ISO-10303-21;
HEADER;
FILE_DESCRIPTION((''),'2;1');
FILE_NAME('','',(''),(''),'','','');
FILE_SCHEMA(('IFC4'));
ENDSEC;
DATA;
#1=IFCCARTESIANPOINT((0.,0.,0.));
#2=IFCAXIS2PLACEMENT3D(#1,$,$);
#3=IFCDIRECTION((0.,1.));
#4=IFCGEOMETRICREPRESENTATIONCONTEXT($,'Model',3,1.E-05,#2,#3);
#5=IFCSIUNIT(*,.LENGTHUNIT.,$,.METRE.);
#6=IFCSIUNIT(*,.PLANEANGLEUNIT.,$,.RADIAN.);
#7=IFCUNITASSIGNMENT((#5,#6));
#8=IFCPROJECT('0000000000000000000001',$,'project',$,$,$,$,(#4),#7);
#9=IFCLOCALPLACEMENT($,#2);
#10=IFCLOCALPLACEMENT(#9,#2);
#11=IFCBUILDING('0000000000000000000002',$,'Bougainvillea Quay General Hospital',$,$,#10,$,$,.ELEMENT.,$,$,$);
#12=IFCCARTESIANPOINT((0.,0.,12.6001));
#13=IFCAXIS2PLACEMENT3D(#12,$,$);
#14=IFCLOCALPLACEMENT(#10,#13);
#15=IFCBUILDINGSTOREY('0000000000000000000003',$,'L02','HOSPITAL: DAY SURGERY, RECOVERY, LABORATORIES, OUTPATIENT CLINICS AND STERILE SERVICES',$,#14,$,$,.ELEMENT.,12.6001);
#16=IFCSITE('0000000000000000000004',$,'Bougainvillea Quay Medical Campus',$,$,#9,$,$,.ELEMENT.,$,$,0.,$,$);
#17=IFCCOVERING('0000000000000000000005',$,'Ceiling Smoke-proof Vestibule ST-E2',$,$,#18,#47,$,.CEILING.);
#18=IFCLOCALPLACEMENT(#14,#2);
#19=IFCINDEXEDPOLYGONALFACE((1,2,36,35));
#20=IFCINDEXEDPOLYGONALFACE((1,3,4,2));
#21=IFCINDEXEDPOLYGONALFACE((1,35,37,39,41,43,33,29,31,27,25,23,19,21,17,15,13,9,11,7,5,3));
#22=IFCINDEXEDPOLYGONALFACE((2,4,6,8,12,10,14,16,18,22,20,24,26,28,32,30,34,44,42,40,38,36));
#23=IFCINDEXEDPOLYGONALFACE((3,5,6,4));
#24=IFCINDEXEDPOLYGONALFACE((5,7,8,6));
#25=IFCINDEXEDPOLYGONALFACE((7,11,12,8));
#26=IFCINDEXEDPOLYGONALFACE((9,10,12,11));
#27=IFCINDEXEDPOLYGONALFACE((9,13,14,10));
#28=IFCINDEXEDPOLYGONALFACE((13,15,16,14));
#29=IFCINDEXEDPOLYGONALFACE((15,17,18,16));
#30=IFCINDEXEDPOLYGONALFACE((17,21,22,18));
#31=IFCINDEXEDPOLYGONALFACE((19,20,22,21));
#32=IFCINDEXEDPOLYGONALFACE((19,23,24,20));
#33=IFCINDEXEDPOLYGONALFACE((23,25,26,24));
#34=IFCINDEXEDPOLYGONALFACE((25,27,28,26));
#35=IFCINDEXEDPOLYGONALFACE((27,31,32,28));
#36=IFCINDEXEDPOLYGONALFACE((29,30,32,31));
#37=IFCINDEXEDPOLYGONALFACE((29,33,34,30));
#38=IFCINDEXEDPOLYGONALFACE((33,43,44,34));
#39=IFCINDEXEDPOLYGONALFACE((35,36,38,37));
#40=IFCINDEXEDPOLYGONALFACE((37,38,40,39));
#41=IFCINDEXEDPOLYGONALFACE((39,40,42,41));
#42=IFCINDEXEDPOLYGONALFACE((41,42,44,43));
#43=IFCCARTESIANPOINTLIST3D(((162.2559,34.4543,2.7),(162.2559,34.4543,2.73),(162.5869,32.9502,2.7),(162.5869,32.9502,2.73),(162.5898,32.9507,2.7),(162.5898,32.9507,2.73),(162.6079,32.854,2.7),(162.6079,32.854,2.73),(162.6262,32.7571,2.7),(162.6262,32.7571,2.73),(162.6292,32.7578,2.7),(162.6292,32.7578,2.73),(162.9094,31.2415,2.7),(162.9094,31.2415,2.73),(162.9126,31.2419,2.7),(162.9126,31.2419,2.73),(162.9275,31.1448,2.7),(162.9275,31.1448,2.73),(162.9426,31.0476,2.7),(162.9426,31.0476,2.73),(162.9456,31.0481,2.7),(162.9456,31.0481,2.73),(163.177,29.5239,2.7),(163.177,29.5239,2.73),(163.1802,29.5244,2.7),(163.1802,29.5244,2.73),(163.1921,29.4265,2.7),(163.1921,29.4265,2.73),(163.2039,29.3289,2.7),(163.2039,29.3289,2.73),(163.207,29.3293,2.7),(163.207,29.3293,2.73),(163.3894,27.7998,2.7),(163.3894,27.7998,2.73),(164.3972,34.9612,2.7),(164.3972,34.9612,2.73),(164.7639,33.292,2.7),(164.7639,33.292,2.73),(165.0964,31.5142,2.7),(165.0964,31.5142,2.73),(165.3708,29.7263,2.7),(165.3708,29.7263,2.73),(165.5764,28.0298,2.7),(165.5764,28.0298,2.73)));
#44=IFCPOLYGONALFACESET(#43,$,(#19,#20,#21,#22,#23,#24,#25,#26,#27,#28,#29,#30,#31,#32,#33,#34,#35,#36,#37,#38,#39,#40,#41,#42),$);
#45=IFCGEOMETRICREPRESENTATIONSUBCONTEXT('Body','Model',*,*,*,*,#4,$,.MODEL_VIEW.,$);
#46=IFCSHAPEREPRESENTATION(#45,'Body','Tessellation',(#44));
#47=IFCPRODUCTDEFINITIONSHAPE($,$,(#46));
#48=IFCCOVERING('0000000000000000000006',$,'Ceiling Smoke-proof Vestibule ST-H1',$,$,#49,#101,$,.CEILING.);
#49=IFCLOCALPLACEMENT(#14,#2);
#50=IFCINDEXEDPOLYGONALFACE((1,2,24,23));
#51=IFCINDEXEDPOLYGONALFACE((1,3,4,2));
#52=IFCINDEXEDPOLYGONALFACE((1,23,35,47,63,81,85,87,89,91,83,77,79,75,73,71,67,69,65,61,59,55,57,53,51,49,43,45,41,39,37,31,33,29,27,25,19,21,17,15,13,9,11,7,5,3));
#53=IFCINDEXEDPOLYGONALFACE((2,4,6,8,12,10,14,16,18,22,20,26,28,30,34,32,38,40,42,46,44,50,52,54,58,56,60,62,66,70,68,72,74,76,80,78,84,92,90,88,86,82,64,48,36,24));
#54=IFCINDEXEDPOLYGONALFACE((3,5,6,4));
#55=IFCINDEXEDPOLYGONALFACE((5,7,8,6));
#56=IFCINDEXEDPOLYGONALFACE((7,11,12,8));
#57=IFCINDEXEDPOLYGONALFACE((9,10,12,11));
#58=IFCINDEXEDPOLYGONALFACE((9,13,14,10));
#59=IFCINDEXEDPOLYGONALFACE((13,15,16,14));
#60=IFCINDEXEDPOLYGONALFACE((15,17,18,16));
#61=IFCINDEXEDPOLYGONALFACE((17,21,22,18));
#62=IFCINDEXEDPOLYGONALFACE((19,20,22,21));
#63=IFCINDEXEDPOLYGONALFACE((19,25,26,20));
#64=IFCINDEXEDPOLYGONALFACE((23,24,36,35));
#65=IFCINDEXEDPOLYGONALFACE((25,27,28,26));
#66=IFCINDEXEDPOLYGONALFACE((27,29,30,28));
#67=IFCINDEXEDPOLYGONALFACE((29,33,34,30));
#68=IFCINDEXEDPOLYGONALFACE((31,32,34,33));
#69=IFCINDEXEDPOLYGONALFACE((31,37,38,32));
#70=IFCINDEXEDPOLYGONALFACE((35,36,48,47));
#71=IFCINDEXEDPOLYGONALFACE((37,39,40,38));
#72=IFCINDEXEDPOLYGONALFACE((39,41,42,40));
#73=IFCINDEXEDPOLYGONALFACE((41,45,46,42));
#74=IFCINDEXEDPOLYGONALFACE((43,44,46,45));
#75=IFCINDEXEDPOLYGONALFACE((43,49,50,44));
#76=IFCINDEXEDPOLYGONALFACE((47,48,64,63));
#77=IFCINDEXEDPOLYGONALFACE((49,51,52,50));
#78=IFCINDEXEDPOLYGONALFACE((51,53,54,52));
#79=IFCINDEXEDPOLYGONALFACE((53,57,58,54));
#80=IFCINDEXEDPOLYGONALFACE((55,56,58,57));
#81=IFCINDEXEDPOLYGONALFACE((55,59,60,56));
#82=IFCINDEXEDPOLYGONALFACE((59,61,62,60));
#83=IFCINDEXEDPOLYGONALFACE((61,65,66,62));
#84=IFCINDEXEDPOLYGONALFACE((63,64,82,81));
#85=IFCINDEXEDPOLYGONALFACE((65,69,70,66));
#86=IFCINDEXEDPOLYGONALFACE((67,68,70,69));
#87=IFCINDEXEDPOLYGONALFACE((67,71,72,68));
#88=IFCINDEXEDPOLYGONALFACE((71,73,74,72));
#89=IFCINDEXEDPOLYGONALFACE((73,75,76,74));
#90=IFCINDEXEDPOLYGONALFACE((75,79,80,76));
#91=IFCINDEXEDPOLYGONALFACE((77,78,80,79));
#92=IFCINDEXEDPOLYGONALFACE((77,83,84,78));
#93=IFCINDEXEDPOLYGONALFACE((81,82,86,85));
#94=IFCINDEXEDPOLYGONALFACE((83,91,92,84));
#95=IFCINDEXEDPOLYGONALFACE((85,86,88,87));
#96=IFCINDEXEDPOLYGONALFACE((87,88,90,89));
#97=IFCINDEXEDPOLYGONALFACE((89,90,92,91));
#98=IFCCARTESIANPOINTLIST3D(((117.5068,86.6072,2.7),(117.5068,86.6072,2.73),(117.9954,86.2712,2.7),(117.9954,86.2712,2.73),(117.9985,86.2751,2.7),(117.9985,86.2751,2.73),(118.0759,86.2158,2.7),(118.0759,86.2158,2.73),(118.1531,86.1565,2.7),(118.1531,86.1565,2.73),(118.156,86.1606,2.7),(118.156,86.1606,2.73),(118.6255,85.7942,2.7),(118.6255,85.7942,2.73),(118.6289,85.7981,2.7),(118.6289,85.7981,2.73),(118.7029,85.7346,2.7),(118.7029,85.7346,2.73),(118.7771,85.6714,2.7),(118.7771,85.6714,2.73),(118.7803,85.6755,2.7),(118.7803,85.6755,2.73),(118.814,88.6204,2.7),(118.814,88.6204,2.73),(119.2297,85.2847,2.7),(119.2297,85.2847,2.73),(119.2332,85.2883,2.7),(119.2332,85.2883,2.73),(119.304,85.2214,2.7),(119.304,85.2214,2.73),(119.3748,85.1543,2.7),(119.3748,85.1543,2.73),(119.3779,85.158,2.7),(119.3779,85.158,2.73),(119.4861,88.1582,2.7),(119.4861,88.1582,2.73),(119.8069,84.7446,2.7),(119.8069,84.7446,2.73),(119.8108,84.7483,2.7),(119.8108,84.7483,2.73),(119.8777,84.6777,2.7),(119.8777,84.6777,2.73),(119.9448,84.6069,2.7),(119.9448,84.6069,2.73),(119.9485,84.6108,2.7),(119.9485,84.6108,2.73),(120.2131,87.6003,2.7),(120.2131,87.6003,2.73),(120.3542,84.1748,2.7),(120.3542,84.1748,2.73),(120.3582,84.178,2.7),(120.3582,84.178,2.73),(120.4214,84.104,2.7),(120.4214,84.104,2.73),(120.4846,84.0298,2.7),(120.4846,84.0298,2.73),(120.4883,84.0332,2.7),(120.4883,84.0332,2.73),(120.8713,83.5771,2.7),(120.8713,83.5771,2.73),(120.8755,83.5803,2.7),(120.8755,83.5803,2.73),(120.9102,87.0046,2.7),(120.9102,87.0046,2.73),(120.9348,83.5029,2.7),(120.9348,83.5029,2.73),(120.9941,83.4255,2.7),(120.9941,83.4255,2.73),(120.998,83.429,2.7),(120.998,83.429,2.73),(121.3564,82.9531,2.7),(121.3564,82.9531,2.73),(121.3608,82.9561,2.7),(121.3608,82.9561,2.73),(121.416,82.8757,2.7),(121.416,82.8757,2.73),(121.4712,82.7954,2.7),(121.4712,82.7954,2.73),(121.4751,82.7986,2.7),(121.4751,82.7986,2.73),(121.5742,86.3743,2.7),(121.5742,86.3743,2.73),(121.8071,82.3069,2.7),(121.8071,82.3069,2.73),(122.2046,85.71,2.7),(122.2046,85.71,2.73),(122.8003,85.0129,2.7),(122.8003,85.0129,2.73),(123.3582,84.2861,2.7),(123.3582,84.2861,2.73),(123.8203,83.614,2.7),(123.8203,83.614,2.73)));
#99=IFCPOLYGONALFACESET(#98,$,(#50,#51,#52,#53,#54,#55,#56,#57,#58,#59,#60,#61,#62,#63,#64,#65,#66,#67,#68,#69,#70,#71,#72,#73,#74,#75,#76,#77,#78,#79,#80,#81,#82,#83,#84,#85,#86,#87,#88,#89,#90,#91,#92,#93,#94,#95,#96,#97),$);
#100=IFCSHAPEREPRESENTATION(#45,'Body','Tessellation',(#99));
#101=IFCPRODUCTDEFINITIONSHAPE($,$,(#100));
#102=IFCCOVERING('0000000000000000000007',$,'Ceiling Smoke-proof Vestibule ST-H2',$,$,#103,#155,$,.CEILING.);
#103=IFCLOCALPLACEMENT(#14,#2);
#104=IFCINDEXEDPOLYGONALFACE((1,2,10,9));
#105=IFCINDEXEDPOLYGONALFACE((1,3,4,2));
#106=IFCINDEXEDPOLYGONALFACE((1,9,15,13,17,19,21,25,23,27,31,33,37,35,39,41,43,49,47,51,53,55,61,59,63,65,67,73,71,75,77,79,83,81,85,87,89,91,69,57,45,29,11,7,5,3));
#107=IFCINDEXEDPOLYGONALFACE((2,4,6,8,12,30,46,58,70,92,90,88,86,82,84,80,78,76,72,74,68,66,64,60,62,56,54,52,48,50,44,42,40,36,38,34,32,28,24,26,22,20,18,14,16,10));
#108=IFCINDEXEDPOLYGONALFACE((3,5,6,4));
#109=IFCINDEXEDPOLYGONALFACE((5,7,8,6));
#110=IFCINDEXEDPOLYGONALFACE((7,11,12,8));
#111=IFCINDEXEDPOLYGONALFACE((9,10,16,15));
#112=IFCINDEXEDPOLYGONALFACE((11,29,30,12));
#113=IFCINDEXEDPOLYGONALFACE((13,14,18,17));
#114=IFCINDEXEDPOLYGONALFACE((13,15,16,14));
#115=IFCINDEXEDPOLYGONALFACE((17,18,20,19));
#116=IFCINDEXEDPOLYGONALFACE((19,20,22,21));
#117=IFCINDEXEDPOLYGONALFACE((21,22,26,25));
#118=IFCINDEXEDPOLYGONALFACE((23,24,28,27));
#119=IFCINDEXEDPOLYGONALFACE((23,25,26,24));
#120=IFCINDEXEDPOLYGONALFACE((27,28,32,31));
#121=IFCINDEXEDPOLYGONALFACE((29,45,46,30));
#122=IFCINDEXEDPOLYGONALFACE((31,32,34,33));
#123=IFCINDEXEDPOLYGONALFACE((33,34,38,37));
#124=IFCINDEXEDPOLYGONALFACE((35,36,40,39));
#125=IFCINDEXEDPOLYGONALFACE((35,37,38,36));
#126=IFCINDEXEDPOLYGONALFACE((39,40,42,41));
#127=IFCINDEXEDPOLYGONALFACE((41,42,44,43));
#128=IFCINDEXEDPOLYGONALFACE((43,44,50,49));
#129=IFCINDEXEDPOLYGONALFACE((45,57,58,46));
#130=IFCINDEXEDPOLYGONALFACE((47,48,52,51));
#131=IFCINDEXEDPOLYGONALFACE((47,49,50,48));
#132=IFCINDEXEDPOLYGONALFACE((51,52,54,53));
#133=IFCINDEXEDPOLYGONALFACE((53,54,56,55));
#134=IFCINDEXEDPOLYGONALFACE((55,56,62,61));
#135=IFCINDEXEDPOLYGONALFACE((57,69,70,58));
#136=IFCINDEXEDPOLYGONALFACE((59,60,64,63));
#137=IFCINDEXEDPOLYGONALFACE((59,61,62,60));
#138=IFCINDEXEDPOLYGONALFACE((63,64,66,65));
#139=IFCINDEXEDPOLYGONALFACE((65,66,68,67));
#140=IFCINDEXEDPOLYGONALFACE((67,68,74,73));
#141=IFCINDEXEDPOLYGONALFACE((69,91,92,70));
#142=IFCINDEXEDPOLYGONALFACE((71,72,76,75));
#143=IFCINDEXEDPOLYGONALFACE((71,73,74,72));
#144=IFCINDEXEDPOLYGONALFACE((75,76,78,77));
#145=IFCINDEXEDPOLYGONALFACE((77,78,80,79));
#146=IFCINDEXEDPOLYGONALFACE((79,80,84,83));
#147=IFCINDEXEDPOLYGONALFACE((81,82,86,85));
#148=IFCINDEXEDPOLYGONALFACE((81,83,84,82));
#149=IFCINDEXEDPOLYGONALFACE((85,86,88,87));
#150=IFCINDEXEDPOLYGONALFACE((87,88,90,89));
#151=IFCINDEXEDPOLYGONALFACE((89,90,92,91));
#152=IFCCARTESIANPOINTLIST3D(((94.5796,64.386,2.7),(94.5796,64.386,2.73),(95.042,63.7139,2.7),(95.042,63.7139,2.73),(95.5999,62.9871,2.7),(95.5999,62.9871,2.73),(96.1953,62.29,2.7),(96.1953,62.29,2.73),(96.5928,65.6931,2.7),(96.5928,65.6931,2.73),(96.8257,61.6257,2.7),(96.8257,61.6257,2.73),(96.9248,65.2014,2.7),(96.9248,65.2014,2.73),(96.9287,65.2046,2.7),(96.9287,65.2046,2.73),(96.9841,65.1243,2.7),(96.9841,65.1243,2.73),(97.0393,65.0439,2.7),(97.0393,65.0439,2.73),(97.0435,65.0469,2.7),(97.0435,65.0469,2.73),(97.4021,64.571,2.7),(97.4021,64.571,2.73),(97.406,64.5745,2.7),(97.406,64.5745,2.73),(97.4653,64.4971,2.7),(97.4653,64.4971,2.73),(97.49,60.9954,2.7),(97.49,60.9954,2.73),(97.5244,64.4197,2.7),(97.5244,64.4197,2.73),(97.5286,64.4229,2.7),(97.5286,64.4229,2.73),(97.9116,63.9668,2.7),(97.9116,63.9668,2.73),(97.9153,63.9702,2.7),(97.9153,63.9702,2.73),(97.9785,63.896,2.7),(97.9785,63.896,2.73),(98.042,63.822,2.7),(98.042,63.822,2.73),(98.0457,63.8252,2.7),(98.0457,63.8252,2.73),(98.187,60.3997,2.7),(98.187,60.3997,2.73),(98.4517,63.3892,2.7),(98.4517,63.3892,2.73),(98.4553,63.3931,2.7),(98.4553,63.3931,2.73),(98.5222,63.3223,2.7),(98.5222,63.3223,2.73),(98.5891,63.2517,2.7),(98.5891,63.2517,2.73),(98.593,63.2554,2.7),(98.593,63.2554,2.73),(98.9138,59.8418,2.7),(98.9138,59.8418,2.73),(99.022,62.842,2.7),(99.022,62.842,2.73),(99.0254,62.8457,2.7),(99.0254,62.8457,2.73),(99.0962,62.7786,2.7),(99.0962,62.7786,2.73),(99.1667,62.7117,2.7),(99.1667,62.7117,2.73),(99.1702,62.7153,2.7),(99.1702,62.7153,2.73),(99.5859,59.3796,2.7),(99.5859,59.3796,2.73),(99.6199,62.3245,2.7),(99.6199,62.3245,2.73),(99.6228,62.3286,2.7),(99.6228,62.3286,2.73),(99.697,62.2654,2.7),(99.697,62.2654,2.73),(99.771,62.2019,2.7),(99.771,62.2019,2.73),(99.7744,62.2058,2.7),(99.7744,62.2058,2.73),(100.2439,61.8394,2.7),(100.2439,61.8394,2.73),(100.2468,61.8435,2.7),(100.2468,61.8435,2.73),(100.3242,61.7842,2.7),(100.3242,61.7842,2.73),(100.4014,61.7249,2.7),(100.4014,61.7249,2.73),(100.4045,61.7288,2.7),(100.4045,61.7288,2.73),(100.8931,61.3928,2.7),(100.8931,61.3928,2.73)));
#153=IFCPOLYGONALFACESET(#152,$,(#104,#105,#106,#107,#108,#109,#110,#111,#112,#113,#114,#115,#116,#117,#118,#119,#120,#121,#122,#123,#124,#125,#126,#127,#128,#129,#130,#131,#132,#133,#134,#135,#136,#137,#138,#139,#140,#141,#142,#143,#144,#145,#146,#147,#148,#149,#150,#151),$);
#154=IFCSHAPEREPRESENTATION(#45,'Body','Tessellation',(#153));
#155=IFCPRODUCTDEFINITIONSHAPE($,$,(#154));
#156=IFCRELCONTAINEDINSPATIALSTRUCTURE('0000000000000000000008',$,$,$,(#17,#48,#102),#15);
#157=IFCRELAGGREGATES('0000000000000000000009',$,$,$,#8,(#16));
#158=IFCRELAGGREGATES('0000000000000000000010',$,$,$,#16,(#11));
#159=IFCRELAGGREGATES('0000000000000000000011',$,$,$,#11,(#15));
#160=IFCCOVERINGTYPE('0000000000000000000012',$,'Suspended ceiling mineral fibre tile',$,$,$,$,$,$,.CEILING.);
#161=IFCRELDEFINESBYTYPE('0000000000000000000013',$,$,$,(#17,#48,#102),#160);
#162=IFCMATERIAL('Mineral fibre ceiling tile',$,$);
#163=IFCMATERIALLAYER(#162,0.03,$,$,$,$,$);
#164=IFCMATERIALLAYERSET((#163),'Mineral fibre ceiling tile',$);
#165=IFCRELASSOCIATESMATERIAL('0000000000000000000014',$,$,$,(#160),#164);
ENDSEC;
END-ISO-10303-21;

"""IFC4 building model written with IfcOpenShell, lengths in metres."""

from ifc_helpers import new_model, si_unit, direction, frame, origin, place, context, subcontext, project, spatial, polyline, outline, extrude, material, layer, layer_set, type_object, element, save


model = new_model("IFC4")

# Units and contexts
model_context = context("Model", 3, precision=1e-05, world=origin(), true_north=direction((0.0, 1.0)))
body_context = subcontext(model_context, "Body", "Model", "MODEL_VIEW")
ifc_project = project(units=[si_unit("LENGTHUNIT", "METRE"), si_unit("PLANEANGLEUNIT", "RADIAN")], contexts=[model_context])

# Site, building, storey
site_placement = place(None, origin())
site = spatial("IfcSite", under=ifc_project, at=site_placement, Name="Bougainvillea Quay Medical Campus", CompositionType="ELEMENT", RefElevation=0.0)
building_placement = place(site_placement, origin())
building = spatial("IfcBuilding", under=site, at=building_placement, Name="Bougainvillea Quay General Hospital", CompositionType="ELEMENT")
storey_placement = place(building_placement, frame((0.0, 0.0, 12.6001)))
storey = spatial("IfcBuildingStorey", under=building, at=storey_placement, Name="L02", Description="HOSPITAL: DAY SURGERY, RECOVERY, LABORATORIES, OUTPATIENT CLINICS AND STERILE SERVICES", CompositionType="ELEMENT", Elevation=12.6001)

# Coverings
ifc_material = material(Name="Mineral fibre ceiling tile")
ifc_layer = layer(ifc_material, 0.03)
ifc_layer_set = layer_set([ifc_layer], Name="Mineral fibre ceiling tile")
covering_type = type_object("IfcCoveringType", Name="Suspended ceiling mineral fibre tile", PredefinedType="CEILING", material=ifc_layer_set)
covering_1_placement = place(storey_placement, frame((0.0, 0.0, 2.7)))
element("IfcCovering", 1, at=covering_1_placement, inside=storey, type_object=covering_type, Name="Ceiling Smoke-proof Vestibule ST-E2", PredefinedType="CEILING", context=body_context, shape_type="SweptSolid", body=[
    extrude(outline(polyline([(162.2559, 34.4543), (162.5869, 32.9502), (162.5898, 32.9507), (162.6079, 32.854), (162.6292, 32.7578), (162.6262, 32.7571), (162.9094, 31.2415), (162.9126, 31.2419), (162.9275, 31.1448), (162.9456, 31.0481), (162.9426, 31.0476), (163.177, 29.5239), (163.1802, 29.5244), (163.1921, 29.4265), (163.207, 29.3293), (163.2039, 29.3289), (163.3894, 27.7998), (165.5764, 28.0298), (165.3708, 29.7263), (165.0964, 31.5142), (164.7639, 33.292), (164.3972, 34.9612), (162.2559, 34.4543)])), origin(), (0.0, 0.0, 1.0), 0.03),
])
covering_2_placement = place(storey_placement, frame((0.0, 0.0, 2.7)))
element("IfcCovering", 2, at=covering_2_placement, inside=storey, type_object=covering_type, Name="Ceiling Smoke-proof Vestibule ST-H1", PredefinedType="CEILING", context=body_context, shape_type="SweptSolid", body=[
    extrude(outline(polyline([(120.8713, 83.5771), (120.8755, 83.5803), (120.9348, 83.5029), (120.998, 83.429), (120.9941, 83.4255), (121.3564, 82.9531), (121.3608, 82.9561), (121.416, 82.8757), (121.4751, 82.7986), (121.4712, 82.7954), (121.8071, 82.3069), (123.8203, 83.614), (123.3582, 84.2861), (122.8003, 85.0129), (122.2046, 85.71), (121.5742, 86.3743), (120.9102, 87.0046), (120.2131, 87.6003), (119.4861, 88.1582), (118.814, 88.6204), (117.5068, 86.6072), (117.9954, 86.2712), (117.9985, 86.2751), (118.0759, 86.2158), (118.156, 86.1606), (118.1531, 86.1565), (118.6255, 85.7942), (118.6289, 85.7981), (118.7029, 85.7346), (118.7803, 85.6755), (118.7771, 85.6714), (119.2297, 85.2847), (119.2332, 85.2883), (119.304, 85.2214), (119.3779, 85.158), (119.3748, 85.1543), (119.8069, 84.7446), (119.8108, 84.7483), (119.8777, 84.6777), (119.9485, 84.6108), (119.9448, 84.6069), (120.3542, 84.1748), (120.3582, 84.178), (120.4214, 84.104), (120.4883, 84.0332), (120.4846, 84.0298), (120.8713, 83.5771)])), origin(), (0.0, 0.0, 1.0), 0.03),
])
covering_3_placement = place(storey_placement, frame((0.0, 0.0, 2.7)))
element("IfcCovering", 3, at=covering_3_placement, inside=storey, type_object=covering_type, Name="Ceiling Smoke-proof Vestibule ST-H2", PredefinedType="CEILING", context=body_context, shape_type="SweptSolid", body=[
    extrude(outline(polyline([(99.5859, 59.3796), (100.8931, 61.3928), (100.4045, 61.7288), (100.4014, 61.7249), (100.3242, 61.7842), (100.2439, 61.8394), (100.2468, 61.8435), (99.7744, 62.2058), (99.771, 62.2019), (99.697, 62.2654), (99.6199, 62.3245), (99.6228, 62.3286), (99.1702, 62.7153), (99.1667, 62.7117), (99.0962, 62.7786), (99.022, 62.842), (99.0254, 62.8457), (98.593, 63.2554), (98.5891, 63.2517), (98.5222, 63.3223), (98.4517, 63.3892), (98.4553, 63.3931), (98.0457, 63.8252), (98.042, 63.822), (97.9785, 63.896), (97.9116, 63.9668), (97.9153, 63.9702), (97.5286, 64.4229), (97.5244, 64.4197), (97.4653, 64.4971), (97.4021, 64.571), (97.406, 64.5745), (97.0435, 65.0469), (97.0393, 65.0439), (96.9841, 65.1243), (96.9248, 65.2014), (96.9287, 65.2046), (96.5928, 65.6931), (94.5796, 64.386), (95.042, 63.7139), (95.5999, 62.9871), (96.1953, 62.29), (96.8257, 61.6257), (97.49, 60.9954), (98.187, 60.3997), (98.9138, 59.8418), (99.5859, 59.3796)])), origin(), (0.0, 0.0, 1.0), 0.03),
])

save(model, "model.ifc")
